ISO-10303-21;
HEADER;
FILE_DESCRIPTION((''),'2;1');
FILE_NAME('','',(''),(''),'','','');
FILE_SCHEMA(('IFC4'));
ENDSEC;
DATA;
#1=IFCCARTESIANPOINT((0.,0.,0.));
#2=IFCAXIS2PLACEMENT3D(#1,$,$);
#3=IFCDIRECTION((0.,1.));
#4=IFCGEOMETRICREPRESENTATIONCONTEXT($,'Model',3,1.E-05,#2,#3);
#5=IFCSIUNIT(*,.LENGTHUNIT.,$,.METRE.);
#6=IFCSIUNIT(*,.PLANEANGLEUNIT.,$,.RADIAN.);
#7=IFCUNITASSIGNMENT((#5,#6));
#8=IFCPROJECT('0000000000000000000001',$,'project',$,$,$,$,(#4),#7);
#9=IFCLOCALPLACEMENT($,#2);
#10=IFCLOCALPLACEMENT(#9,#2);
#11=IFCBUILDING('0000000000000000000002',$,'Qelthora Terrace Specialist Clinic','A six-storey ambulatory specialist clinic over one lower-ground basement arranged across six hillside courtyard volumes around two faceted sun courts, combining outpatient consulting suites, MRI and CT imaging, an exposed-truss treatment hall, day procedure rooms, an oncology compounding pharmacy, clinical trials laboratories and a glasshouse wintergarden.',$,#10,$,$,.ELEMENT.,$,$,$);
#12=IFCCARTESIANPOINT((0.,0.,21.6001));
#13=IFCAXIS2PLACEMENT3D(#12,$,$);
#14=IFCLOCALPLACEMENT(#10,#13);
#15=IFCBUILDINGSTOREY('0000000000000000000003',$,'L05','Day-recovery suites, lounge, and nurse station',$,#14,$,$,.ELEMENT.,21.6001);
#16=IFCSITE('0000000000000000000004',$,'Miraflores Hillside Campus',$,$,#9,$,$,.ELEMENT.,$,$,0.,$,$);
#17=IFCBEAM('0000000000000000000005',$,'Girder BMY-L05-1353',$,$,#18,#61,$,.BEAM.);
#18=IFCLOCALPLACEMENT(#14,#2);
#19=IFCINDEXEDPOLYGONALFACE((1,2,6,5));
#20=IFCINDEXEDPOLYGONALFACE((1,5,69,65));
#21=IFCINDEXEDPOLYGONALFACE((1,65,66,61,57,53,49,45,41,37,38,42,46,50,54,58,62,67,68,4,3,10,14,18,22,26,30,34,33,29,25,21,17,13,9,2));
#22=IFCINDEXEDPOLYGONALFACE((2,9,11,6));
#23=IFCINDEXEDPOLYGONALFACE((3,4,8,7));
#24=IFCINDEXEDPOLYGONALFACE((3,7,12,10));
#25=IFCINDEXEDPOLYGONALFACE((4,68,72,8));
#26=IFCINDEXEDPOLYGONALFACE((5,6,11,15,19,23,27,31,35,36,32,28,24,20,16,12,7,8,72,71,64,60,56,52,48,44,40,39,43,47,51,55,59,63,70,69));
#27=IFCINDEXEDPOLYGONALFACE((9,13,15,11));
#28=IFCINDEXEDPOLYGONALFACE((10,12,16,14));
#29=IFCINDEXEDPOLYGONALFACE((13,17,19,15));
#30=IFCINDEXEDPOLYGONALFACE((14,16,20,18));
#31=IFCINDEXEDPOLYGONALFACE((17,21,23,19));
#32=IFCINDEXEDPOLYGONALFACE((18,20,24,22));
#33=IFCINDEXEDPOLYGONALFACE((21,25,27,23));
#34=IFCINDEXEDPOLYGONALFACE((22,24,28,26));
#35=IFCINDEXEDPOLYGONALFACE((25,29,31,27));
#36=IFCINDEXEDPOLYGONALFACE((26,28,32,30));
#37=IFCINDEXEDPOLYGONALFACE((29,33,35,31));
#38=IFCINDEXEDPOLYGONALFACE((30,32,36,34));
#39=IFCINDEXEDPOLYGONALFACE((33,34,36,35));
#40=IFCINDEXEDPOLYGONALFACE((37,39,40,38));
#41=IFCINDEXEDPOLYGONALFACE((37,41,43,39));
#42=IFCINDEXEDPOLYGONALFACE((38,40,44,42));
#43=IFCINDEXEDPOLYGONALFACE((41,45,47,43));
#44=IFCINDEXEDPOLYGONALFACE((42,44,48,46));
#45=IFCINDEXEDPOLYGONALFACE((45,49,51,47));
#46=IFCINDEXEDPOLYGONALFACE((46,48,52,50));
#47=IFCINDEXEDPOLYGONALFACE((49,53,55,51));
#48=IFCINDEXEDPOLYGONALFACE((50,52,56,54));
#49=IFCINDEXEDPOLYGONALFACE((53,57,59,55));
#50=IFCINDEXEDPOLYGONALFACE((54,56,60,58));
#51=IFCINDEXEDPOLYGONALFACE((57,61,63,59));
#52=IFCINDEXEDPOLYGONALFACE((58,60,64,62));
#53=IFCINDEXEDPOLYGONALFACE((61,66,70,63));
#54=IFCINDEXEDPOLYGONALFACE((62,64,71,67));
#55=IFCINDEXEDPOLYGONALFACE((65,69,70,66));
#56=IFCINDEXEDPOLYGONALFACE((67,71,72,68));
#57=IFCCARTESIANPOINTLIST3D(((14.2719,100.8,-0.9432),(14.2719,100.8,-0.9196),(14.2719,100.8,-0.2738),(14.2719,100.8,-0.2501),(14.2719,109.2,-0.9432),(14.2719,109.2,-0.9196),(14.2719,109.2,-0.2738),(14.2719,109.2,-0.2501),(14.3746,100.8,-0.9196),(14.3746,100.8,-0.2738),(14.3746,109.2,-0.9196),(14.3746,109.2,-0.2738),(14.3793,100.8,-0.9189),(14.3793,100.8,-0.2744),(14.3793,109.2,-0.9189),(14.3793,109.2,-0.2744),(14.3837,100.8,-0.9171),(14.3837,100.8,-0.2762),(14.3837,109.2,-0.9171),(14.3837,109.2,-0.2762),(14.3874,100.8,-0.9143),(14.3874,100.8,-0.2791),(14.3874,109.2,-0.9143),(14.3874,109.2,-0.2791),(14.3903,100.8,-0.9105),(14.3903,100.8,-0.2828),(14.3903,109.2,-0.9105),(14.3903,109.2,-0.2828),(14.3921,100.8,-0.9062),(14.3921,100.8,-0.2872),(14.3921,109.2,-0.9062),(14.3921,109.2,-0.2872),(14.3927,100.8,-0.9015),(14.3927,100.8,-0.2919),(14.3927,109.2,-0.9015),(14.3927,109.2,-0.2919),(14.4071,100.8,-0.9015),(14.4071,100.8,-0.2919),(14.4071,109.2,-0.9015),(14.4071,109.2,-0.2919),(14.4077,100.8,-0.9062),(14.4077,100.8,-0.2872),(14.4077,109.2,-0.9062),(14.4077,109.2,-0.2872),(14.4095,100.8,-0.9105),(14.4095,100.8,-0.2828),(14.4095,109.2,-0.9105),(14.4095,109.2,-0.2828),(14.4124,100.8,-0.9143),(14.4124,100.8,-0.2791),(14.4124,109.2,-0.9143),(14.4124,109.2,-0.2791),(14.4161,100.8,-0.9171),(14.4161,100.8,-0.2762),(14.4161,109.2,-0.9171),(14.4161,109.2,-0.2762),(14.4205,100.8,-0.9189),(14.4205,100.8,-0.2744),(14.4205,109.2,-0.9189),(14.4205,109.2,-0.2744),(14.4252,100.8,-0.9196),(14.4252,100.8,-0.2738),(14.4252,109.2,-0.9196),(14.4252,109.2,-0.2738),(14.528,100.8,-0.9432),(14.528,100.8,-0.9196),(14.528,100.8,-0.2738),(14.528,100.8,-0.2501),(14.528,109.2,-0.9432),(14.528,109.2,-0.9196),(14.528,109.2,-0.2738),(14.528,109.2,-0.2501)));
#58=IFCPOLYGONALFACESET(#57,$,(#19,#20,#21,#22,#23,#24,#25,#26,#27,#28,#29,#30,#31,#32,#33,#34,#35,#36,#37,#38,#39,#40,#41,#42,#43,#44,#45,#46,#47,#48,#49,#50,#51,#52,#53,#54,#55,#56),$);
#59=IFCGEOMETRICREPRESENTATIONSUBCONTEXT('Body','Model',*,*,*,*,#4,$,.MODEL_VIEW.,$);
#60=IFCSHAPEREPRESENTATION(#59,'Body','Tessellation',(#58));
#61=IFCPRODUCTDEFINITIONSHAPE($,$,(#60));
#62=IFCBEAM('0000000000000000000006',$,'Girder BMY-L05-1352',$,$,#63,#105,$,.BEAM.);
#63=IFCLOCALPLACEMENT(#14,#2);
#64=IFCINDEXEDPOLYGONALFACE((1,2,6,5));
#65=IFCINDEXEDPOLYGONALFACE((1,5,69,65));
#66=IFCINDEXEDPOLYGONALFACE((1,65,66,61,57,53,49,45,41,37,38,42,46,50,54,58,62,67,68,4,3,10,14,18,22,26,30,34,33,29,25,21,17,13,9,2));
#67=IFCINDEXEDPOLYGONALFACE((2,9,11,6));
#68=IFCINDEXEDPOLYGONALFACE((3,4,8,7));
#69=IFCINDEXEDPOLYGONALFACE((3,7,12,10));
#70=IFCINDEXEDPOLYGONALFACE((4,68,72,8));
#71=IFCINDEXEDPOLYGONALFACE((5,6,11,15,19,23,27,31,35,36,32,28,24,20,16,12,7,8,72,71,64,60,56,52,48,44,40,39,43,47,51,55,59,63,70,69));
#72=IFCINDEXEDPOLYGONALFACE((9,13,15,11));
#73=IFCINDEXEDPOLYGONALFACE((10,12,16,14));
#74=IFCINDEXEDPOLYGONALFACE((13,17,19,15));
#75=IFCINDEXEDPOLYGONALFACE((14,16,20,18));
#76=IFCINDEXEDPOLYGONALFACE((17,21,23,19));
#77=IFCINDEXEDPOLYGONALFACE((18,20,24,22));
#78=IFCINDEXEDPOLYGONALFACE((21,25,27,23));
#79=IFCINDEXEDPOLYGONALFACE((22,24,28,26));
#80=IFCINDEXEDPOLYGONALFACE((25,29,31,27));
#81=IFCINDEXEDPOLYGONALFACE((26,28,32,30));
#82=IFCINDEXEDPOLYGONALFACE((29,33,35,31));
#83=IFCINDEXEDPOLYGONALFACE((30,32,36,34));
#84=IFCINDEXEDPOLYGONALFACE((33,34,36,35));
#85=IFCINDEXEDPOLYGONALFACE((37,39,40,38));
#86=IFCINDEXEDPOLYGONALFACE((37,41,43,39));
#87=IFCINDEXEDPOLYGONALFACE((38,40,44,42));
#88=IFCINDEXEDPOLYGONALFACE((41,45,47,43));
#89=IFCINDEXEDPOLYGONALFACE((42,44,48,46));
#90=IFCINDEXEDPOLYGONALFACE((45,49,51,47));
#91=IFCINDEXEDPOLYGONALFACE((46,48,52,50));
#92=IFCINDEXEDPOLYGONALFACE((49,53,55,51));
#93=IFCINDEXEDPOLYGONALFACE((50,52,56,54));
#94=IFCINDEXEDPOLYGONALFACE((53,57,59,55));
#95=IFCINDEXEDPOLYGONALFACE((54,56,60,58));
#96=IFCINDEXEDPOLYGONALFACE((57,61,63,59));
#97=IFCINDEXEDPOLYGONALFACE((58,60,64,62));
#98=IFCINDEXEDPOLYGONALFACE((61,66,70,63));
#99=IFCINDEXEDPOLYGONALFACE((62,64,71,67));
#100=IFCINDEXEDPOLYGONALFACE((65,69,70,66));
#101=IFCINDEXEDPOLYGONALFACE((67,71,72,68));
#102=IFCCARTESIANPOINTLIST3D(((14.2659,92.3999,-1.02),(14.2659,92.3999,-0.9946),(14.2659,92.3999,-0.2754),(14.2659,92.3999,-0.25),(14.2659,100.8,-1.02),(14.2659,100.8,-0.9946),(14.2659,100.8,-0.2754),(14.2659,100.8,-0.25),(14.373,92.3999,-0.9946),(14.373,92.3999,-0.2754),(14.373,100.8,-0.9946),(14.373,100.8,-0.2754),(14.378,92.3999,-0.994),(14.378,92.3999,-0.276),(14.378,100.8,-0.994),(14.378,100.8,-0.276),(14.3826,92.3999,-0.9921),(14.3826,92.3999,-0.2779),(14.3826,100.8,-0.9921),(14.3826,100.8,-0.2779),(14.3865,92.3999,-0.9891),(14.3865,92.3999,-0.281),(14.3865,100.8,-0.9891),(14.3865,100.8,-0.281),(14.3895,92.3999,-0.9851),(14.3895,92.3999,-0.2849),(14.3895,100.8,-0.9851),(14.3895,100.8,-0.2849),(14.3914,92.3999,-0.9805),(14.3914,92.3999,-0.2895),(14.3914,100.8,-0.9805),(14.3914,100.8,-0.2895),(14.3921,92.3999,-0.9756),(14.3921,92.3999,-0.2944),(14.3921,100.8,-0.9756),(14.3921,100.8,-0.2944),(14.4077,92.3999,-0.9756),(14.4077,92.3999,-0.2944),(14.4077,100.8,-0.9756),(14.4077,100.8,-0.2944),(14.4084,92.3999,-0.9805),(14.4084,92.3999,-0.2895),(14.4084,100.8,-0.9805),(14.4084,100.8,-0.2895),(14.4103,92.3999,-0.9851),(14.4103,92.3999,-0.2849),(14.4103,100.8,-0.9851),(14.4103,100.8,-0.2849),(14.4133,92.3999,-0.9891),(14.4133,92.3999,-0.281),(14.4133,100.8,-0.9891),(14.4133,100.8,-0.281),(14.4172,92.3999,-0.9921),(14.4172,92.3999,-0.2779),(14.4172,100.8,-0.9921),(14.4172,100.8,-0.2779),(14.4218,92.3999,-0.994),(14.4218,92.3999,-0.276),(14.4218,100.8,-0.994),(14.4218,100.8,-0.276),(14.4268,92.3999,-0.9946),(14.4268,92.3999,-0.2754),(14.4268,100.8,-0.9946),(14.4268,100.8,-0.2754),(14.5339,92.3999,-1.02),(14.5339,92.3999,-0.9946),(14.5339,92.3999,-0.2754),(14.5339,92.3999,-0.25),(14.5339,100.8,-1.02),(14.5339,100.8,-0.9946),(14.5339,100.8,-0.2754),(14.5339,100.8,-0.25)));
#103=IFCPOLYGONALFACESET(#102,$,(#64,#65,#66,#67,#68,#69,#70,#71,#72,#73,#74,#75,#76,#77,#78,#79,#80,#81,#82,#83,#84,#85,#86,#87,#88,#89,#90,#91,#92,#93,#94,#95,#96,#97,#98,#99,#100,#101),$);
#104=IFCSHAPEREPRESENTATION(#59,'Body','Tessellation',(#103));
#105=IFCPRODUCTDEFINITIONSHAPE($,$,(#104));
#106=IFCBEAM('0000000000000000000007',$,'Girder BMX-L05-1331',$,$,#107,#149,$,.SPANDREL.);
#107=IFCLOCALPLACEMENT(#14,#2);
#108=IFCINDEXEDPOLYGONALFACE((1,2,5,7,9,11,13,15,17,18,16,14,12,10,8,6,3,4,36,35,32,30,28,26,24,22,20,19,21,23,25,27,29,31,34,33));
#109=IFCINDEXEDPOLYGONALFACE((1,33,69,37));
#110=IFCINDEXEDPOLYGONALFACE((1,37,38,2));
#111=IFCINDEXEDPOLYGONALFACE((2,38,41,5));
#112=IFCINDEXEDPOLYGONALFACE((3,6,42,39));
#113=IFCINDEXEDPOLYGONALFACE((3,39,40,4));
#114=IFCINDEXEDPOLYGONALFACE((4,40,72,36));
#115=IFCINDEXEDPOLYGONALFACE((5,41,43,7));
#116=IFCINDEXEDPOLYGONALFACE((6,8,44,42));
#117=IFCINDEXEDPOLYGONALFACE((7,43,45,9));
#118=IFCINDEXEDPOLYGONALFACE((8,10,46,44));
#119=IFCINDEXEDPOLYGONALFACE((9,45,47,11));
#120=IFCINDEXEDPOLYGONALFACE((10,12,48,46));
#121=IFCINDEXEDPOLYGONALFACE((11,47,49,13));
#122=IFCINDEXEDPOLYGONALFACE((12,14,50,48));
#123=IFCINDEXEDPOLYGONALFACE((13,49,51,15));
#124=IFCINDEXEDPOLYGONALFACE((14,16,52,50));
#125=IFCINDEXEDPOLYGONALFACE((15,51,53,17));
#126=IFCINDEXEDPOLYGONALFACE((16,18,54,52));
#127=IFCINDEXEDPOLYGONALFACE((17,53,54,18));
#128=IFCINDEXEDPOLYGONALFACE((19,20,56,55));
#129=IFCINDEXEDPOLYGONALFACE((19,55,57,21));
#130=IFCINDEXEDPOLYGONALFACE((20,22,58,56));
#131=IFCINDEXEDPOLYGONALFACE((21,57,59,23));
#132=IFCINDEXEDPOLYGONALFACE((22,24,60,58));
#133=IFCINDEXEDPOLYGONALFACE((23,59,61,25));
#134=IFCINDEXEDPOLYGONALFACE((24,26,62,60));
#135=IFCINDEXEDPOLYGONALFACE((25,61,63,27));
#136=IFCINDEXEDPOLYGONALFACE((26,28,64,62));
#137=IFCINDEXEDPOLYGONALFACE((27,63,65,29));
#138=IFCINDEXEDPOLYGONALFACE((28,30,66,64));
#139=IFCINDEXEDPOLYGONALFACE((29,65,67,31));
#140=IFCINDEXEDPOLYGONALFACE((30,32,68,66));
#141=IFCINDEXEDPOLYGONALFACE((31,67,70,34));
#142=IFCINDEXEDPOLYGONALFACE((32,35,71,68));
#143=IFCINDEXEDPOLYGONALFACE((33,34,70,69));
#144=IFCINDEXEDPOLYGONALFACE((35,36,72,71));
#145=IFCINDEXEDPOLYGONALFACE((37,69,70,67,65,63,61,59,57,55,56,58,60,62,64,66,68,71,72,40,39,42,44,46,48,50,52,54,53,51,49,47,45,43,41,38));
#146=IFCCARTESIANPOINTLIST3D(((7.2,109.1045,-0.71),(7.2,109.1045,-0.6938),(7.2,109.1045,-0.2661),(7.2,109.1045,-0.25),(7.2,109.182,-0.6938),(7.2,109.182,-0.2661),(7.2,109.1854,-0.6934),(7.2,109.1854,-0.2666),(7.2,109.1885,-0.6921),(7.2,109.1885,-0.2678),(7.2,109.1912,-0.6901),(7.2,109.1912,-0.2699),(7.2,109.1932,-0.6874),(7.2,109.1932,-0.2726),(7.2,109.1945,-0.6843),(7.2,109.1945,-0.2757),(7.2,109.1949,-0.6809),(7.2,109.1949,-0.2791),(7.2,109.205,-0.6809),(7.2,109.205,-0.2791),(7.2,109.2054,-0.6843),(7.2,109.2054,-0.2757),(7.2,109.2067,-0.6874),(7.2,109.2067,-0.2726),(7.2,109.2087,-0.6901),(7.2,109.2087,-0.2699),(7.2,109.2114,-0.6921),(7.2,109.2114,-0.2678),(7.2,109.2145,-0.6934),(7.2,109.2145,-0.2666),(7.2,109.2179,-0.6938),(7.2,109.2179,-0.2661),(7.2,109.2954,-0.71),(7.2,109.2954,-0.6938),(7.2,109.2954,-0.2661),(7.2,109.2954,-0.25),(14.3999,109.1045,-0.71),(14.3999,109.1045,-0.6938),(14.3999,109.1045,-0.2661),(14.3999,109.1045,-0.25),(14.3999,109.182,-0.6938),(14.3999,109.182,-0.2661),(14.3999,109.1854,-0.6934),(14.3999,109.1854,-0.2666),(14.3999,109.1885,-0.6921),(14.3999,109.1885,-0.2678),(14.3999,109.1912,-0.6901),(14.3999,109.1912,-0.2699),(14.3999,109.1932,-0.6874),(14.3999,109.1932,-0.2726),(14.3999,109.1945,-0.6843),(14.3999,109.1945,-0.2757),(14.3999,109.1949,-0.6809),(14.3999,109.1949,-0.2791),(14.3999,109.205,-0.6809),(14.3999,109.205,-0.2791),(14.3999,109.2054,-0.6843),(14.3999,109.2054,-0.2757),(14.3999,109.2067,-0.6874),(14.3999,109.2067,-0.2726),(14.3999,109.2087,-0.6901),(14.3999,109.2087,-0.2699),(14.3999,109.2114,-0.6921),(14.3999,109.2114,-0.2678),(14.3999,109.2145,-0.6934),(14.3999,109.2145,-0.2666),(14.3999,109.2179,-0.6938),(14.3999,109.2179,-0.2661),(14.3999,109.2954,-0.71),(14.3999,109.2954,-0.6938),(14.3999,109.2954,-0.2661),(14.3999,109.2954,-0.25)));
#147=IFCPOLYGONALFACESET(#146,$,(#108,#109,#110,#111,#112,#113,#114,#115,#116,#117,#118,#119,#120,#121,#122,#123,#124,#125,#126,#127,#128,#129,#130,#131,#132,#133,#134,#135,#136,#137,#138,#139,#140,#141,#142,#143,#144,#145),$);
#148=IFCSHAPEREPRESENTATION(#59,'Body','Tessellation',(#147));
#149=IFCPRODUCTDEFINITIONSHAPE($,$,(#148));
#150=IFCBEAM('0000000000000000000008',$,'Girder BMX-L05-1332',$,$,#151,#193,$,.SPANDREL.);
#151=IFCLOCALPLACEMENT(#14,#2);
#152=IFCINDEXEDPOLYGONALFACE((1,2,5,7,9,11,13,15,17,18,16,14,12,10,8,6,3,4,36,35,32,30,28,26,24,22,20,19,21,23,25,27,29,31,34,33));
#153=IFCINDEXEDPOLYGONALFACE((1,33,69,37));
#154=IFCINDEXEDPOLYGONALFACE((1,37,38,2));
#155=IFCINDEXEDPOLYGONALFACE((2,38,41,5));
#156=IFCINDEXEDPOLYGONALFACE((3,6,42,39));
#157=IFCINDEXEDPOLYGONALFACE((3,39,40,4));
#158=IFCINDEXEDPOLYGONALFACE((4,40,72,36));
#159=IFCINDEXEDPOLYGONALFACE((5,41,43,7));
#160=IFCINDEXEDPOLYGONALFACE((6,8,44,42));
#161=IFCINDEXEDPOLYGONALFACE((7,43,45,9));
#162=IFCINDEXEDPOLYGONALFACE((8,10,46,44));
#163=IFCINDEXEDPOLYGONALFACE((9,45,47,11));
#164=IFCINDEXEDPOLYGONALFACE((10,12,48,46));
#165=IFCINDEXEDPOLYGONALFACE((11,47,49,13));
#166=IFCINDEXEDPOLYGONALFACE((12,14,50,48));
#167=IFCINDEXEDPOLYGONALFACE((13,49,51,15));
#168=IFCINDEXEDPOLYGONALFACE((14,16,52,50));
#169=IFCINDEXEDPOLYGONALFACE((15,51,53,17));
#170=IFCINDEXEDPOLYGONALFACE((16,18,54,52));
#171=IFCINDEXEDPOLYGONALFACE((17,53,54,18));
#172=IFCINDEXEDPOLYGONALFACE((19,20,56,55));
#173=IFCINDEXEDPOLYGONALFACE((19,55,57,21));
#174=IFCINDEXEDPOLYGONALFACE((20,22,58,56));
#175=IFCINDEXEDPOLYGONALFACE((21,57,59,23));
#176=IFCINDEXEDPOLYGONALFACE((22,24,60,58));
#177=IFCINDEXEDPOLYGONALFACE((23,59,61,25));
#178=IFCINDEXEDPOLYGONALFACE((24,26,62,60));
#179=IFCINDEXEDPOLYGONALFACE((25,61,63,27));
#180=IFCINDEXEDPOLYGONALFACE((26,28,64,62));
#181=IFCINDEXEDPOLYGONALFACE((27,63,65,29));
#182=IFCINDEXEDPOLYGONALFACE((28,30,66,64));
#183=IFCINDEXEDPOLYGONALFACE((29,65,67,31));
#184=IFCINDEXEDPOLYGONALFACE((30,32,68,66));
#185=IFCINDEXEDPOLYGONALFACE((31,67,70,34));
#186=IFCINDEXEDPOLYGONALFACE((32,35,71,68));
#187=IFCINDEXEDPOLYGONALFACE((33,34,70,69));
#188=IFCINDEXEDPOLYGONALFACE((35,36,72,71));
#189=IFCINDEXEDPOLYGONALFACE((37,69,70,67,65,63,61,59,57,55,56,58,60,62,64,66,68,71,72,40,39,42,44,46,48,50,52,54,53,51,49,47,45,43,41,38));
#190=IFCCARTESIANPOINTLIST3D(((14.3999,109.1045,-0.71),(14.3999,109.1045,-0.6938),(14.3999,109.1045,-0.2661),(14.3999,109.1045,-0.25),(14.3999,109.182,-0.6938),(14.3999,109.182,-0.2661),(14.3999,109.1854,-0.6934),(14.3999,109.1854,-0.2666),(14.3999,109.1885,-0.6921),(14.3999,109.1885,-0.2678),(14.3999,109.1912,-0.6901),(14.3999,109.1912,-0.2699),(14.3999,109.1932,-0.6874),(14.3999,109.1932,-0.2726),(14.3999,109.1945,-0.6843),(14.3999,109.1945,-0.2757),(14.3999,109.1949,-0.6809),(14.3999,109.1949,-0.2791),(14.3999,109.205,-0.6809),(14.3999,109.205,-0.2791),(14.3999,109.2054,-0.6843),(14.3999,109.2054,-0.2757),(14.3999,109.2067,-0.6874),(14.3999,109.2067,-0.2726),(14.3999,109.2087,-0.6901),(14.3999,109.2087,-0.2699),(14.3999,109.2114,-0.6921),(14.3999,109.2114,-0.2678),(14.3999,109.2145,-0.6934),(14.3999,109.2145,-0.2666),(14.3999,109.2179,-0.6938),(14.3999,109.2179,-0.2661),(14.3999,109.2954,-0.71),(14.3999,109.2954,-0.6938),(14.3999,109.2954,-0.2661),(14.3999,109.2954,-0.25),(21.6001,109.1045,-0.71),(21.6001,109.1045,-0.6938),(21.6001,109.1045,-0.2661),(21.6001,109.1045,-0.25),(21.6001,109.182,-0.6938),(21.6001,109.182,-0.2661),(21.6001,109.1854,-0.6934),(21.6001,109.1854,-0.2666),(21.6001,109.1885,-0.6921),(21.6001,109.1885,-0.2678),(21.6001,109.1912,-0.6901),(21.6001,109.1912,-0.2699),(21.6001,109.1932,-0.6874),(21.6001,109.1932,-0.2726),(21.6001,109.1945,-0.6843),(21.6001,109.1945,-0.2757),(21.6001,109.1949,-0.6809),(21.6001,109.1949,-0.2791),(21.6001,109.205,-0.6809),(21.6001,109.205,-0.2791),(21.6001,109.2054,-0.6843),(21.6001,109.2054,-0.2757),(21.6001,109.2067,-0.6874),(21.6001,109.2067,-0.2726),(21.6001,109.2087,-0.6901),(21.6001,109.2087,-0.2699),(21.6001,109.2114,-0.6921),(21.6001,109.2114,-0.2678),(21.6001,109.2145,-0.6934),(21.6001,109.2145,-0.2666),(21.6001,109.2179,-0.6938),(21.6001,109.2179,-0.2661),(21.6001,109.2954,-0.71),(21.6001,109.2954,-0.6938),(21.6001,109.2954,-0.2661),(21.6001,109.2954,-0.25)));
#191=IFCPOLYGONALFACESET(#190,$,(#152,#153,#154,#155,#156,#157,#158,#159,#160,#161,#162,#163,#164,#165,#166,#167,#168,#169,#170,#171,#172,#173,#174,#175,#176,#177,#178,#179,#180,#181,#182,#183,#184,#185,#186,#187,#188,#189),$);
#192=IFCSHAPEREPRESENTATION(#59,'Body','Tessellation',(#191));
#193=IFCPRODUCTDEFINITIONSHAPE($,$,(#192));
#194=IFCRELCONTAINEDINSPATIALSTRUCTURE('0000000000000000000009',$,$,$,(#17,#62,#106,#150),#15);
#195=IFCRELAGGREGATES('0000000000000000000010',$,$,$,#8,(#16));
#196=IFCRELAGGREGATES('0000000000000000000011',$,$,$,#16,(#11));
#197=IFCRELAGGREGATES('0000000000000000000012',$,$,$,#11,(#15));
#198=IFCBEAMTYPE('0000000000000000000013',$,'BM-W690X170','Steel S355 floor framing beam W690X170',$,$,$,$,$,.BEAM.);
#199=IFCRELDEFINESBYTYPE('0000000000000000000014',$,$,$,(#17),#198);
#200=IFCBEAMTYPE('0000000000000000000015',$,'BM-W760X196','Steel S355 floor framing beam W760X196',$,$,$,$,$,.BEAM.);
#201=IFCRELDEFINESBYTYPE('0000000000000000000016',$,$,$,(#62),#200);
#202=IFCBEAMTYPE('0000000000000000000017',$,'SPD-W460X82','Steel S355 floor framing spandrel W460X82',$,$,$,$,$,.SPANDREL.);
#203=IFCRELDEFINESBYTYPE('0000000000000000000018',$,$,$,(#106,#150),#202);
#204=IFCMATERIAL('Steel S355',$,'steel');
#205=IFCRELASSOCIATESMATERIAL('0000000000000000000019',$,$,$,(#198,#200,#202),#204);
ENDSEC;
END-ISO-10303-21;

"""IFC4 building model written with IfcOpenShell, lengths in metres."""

from ifc_helpers import new_model, si_unit, direction, frame, origin, origin_2d, place, context, subcontext, project, spatial, i_section, extrude, material, material_profile, profile_set, type_object, element, save


model = new_model("IFC4")

# Units and contexts
model_context = context("Model", 3, precision=1e-05, world=origin(), true_north=direction((0.0, 1.0)))
body_context = subcontext(model_context, "Body", "Model", "MODEL_VIEW")
ifc_project = project(units=[si_unit("LENGTHUNIT", "METRE"), si_unit("PLANEANGLEUNIT", "RADIAN")], contexts=[model_context])

# Site, building, storey
site_placement = place(None, origin())
site = spatial("IfcSite", under=ifc_project, at=site_placement, Name="Miraflores Hillside Campus", CompositionType="ELEMENT", RefElevation=0.0)
building_placement = place(site_placement, origin())
building = spatial("IfcBuilding", under=site, at=building_placement, Name="Qelthora Terrace Specialist Clinic", Description="A six-storey ambulatory specialist clinic over one lower-ground basement arranged across six hillside courtyard volumes around two faceted sun courts, combining outpatient consulting suites, MRI and CT imaging, an exposed-truss treatment hall, day procedure rooms, an oncology compounding pharmacy, clinical trials laboratories and a glasshouse wintergarden.", CompositionType="ELEMENT")
storey_placement = place(building_placement, frame((0.0, 0.0, 21.6001)))
storey = spatial("IfcBuildingStorey", under=building, at=storey_placement, Name="L05", Description="Day-recovery suites, lounge, and nurse station", CompositionType="ELEMENT", Elevation=21.6001)

# Shared definitions
ifc_material_1 = material(Name="Steel S355", Category="steel")

# Beams
ifc_material_profile_1 = material_profile(ifc_material_1, i_section(OverallWidth=0.2561, OverallDepth=0.6931, WebThickness=0.0144, FlangeThickness=0.0237, FilletRadius=0.0181, at=origin_2d()), Name="W690X170")
ifc_profile_set_1 = profile_set([ifc_material_profile_1], Name="Steel S355")
beam_type_1 = type_object("IfcBeamType", Name="BM-W690X170", Description="Steel S355 floor framing beam W690X170", PredefinedType="BEAM", material=ifc_profile_set_1)
beam_1_placement = place(storey_placement, frame((14.3999, 100.8, -0.5967), z_axis=(0.0, 1.0, 0.0), x_axis=(-1.0, 0.0, 0.0)))
element("IfcBeam", 1, at=beam_1_placement, inside=storey, type_object=beam_type_1, Name="Girder BMY-L05-1353", PredefinedType="BEAM", context=body_context, shape_type="SweptSolid", body=[
    extrude(i_section(OverallWidth=0.2561, OverallDepth=0.6931, WebThickness=0.0144, FlangeThickness=0.0237, FilletRadius=0.0181, at=origin_2d()), origin(), (0.0, 0.0, 1.0), 8.3999),
])
ifc_material_profile_2 = material_profile(ifc_material_1, i_section(OverallWidth=0.2681, OverallDepth=0.77, WebThickness=0.0156, FlangeThickness=0.0254, FilletRadius=0.019, at=origin_2d()), Name="W760X196")
ifc_profile_set_2 = profile_set([ifc_material_profile_2], Name="Steel S355")
beam_type_2 = type_object("IfcBeamType", Name="BM-W760X196", Description="Steel S355 floor framing beam W760X196", PredefinedType="BEAM", material=ifc_profile_set_2)
beam_2_placement = place(storey_placement, frame((14.3999, 92.3999, -0.635), z_axis=(0.0, 1.0, 0.0), x_axis=(-1.0, 0.0, 0.0)))
element("IfcBeam", 2, at=beam_2_placement, inside=storey, type_object=beam_type_2, Name="Girder BMY-L05-1352", PredefinedType="BEAM", context=body_context, shape_type="SweptSolid", body=[
    extrude(i_section(OverallWidth=0.2681, OverallDepth=0.77, WebThickness=0.0156, FlangeThickness=0.0254, FilletRadius=0.019, at=origin_2d()), origin(), (0.0, 0.0, 1.0), 8.4001),
])
ifc_material_profile_3 = material_profile(ifc_material_1, i_section(OverallWidth=0.1909, OverallDepth=0.46, WebThickness=0.01, FlangeThickness=0.0161, FilletRadius=0.0129, at=origin_2d()), Name="W460X82")
ifc_profile_set_3 = profile_set([ifc_material_profile_3], Name="Steel S355")
beam_type_3 = type_object("IfcBeamType", Name="SPD-W460X82", Description="Steel S355 floor framing spandrel W460X82", PredefinedType="SPANDREL", material=ifc_profile_set_3)
beam_3_placement = place(storey_placement, frame((7.2, 109.2, -0.48), z_axis=(1.0, 0.0, 0.0), x_axis=(0.0, 1.0, 0.0)))
element("IfcBeam", 3, at=beam_3_placement, inside=storey, type_object=beam_type_3, Name="Girder BMX-L05-1331", PredefinedType="SPANDREL", context=body_context, shape_type="SweptSolid", body=[
    extrude(i_section(OverallWidth=0.1909, OverallDepth=0.46, WebThickness=0.01, FlangeThickness=0.0161, FilletRadius=0.0129, at=origin_2d()), origin(), (0.0, 0.0, 1.0), 7.2),
])
beam_4_placement = place(storey_placement, frame((14.3999, 109.2, -0.48), z_axis=(1.0, 0.0, 0.0), x_axis=(0.0, 1.0, 0.0)))
element("IfcBeam", 4, at=beam_4_placement, inside=storey, type_object=beam_type_3, Name="Girder BMX-L05-1332", PredefinedType="SPANDREL", context=body_context, shape_type="SweptSolid", body=[
    extrude(i_section(OverallWidth=0.1909, OverallDepth=0.46, WebThickness=0.01, FlangeThickness=0.0161, FilletRadius=0.0129, at=origin_2d()), origin(), (0.0, 0.0, 1.0), 7.2002),
])

save(model, "model.ifc")
